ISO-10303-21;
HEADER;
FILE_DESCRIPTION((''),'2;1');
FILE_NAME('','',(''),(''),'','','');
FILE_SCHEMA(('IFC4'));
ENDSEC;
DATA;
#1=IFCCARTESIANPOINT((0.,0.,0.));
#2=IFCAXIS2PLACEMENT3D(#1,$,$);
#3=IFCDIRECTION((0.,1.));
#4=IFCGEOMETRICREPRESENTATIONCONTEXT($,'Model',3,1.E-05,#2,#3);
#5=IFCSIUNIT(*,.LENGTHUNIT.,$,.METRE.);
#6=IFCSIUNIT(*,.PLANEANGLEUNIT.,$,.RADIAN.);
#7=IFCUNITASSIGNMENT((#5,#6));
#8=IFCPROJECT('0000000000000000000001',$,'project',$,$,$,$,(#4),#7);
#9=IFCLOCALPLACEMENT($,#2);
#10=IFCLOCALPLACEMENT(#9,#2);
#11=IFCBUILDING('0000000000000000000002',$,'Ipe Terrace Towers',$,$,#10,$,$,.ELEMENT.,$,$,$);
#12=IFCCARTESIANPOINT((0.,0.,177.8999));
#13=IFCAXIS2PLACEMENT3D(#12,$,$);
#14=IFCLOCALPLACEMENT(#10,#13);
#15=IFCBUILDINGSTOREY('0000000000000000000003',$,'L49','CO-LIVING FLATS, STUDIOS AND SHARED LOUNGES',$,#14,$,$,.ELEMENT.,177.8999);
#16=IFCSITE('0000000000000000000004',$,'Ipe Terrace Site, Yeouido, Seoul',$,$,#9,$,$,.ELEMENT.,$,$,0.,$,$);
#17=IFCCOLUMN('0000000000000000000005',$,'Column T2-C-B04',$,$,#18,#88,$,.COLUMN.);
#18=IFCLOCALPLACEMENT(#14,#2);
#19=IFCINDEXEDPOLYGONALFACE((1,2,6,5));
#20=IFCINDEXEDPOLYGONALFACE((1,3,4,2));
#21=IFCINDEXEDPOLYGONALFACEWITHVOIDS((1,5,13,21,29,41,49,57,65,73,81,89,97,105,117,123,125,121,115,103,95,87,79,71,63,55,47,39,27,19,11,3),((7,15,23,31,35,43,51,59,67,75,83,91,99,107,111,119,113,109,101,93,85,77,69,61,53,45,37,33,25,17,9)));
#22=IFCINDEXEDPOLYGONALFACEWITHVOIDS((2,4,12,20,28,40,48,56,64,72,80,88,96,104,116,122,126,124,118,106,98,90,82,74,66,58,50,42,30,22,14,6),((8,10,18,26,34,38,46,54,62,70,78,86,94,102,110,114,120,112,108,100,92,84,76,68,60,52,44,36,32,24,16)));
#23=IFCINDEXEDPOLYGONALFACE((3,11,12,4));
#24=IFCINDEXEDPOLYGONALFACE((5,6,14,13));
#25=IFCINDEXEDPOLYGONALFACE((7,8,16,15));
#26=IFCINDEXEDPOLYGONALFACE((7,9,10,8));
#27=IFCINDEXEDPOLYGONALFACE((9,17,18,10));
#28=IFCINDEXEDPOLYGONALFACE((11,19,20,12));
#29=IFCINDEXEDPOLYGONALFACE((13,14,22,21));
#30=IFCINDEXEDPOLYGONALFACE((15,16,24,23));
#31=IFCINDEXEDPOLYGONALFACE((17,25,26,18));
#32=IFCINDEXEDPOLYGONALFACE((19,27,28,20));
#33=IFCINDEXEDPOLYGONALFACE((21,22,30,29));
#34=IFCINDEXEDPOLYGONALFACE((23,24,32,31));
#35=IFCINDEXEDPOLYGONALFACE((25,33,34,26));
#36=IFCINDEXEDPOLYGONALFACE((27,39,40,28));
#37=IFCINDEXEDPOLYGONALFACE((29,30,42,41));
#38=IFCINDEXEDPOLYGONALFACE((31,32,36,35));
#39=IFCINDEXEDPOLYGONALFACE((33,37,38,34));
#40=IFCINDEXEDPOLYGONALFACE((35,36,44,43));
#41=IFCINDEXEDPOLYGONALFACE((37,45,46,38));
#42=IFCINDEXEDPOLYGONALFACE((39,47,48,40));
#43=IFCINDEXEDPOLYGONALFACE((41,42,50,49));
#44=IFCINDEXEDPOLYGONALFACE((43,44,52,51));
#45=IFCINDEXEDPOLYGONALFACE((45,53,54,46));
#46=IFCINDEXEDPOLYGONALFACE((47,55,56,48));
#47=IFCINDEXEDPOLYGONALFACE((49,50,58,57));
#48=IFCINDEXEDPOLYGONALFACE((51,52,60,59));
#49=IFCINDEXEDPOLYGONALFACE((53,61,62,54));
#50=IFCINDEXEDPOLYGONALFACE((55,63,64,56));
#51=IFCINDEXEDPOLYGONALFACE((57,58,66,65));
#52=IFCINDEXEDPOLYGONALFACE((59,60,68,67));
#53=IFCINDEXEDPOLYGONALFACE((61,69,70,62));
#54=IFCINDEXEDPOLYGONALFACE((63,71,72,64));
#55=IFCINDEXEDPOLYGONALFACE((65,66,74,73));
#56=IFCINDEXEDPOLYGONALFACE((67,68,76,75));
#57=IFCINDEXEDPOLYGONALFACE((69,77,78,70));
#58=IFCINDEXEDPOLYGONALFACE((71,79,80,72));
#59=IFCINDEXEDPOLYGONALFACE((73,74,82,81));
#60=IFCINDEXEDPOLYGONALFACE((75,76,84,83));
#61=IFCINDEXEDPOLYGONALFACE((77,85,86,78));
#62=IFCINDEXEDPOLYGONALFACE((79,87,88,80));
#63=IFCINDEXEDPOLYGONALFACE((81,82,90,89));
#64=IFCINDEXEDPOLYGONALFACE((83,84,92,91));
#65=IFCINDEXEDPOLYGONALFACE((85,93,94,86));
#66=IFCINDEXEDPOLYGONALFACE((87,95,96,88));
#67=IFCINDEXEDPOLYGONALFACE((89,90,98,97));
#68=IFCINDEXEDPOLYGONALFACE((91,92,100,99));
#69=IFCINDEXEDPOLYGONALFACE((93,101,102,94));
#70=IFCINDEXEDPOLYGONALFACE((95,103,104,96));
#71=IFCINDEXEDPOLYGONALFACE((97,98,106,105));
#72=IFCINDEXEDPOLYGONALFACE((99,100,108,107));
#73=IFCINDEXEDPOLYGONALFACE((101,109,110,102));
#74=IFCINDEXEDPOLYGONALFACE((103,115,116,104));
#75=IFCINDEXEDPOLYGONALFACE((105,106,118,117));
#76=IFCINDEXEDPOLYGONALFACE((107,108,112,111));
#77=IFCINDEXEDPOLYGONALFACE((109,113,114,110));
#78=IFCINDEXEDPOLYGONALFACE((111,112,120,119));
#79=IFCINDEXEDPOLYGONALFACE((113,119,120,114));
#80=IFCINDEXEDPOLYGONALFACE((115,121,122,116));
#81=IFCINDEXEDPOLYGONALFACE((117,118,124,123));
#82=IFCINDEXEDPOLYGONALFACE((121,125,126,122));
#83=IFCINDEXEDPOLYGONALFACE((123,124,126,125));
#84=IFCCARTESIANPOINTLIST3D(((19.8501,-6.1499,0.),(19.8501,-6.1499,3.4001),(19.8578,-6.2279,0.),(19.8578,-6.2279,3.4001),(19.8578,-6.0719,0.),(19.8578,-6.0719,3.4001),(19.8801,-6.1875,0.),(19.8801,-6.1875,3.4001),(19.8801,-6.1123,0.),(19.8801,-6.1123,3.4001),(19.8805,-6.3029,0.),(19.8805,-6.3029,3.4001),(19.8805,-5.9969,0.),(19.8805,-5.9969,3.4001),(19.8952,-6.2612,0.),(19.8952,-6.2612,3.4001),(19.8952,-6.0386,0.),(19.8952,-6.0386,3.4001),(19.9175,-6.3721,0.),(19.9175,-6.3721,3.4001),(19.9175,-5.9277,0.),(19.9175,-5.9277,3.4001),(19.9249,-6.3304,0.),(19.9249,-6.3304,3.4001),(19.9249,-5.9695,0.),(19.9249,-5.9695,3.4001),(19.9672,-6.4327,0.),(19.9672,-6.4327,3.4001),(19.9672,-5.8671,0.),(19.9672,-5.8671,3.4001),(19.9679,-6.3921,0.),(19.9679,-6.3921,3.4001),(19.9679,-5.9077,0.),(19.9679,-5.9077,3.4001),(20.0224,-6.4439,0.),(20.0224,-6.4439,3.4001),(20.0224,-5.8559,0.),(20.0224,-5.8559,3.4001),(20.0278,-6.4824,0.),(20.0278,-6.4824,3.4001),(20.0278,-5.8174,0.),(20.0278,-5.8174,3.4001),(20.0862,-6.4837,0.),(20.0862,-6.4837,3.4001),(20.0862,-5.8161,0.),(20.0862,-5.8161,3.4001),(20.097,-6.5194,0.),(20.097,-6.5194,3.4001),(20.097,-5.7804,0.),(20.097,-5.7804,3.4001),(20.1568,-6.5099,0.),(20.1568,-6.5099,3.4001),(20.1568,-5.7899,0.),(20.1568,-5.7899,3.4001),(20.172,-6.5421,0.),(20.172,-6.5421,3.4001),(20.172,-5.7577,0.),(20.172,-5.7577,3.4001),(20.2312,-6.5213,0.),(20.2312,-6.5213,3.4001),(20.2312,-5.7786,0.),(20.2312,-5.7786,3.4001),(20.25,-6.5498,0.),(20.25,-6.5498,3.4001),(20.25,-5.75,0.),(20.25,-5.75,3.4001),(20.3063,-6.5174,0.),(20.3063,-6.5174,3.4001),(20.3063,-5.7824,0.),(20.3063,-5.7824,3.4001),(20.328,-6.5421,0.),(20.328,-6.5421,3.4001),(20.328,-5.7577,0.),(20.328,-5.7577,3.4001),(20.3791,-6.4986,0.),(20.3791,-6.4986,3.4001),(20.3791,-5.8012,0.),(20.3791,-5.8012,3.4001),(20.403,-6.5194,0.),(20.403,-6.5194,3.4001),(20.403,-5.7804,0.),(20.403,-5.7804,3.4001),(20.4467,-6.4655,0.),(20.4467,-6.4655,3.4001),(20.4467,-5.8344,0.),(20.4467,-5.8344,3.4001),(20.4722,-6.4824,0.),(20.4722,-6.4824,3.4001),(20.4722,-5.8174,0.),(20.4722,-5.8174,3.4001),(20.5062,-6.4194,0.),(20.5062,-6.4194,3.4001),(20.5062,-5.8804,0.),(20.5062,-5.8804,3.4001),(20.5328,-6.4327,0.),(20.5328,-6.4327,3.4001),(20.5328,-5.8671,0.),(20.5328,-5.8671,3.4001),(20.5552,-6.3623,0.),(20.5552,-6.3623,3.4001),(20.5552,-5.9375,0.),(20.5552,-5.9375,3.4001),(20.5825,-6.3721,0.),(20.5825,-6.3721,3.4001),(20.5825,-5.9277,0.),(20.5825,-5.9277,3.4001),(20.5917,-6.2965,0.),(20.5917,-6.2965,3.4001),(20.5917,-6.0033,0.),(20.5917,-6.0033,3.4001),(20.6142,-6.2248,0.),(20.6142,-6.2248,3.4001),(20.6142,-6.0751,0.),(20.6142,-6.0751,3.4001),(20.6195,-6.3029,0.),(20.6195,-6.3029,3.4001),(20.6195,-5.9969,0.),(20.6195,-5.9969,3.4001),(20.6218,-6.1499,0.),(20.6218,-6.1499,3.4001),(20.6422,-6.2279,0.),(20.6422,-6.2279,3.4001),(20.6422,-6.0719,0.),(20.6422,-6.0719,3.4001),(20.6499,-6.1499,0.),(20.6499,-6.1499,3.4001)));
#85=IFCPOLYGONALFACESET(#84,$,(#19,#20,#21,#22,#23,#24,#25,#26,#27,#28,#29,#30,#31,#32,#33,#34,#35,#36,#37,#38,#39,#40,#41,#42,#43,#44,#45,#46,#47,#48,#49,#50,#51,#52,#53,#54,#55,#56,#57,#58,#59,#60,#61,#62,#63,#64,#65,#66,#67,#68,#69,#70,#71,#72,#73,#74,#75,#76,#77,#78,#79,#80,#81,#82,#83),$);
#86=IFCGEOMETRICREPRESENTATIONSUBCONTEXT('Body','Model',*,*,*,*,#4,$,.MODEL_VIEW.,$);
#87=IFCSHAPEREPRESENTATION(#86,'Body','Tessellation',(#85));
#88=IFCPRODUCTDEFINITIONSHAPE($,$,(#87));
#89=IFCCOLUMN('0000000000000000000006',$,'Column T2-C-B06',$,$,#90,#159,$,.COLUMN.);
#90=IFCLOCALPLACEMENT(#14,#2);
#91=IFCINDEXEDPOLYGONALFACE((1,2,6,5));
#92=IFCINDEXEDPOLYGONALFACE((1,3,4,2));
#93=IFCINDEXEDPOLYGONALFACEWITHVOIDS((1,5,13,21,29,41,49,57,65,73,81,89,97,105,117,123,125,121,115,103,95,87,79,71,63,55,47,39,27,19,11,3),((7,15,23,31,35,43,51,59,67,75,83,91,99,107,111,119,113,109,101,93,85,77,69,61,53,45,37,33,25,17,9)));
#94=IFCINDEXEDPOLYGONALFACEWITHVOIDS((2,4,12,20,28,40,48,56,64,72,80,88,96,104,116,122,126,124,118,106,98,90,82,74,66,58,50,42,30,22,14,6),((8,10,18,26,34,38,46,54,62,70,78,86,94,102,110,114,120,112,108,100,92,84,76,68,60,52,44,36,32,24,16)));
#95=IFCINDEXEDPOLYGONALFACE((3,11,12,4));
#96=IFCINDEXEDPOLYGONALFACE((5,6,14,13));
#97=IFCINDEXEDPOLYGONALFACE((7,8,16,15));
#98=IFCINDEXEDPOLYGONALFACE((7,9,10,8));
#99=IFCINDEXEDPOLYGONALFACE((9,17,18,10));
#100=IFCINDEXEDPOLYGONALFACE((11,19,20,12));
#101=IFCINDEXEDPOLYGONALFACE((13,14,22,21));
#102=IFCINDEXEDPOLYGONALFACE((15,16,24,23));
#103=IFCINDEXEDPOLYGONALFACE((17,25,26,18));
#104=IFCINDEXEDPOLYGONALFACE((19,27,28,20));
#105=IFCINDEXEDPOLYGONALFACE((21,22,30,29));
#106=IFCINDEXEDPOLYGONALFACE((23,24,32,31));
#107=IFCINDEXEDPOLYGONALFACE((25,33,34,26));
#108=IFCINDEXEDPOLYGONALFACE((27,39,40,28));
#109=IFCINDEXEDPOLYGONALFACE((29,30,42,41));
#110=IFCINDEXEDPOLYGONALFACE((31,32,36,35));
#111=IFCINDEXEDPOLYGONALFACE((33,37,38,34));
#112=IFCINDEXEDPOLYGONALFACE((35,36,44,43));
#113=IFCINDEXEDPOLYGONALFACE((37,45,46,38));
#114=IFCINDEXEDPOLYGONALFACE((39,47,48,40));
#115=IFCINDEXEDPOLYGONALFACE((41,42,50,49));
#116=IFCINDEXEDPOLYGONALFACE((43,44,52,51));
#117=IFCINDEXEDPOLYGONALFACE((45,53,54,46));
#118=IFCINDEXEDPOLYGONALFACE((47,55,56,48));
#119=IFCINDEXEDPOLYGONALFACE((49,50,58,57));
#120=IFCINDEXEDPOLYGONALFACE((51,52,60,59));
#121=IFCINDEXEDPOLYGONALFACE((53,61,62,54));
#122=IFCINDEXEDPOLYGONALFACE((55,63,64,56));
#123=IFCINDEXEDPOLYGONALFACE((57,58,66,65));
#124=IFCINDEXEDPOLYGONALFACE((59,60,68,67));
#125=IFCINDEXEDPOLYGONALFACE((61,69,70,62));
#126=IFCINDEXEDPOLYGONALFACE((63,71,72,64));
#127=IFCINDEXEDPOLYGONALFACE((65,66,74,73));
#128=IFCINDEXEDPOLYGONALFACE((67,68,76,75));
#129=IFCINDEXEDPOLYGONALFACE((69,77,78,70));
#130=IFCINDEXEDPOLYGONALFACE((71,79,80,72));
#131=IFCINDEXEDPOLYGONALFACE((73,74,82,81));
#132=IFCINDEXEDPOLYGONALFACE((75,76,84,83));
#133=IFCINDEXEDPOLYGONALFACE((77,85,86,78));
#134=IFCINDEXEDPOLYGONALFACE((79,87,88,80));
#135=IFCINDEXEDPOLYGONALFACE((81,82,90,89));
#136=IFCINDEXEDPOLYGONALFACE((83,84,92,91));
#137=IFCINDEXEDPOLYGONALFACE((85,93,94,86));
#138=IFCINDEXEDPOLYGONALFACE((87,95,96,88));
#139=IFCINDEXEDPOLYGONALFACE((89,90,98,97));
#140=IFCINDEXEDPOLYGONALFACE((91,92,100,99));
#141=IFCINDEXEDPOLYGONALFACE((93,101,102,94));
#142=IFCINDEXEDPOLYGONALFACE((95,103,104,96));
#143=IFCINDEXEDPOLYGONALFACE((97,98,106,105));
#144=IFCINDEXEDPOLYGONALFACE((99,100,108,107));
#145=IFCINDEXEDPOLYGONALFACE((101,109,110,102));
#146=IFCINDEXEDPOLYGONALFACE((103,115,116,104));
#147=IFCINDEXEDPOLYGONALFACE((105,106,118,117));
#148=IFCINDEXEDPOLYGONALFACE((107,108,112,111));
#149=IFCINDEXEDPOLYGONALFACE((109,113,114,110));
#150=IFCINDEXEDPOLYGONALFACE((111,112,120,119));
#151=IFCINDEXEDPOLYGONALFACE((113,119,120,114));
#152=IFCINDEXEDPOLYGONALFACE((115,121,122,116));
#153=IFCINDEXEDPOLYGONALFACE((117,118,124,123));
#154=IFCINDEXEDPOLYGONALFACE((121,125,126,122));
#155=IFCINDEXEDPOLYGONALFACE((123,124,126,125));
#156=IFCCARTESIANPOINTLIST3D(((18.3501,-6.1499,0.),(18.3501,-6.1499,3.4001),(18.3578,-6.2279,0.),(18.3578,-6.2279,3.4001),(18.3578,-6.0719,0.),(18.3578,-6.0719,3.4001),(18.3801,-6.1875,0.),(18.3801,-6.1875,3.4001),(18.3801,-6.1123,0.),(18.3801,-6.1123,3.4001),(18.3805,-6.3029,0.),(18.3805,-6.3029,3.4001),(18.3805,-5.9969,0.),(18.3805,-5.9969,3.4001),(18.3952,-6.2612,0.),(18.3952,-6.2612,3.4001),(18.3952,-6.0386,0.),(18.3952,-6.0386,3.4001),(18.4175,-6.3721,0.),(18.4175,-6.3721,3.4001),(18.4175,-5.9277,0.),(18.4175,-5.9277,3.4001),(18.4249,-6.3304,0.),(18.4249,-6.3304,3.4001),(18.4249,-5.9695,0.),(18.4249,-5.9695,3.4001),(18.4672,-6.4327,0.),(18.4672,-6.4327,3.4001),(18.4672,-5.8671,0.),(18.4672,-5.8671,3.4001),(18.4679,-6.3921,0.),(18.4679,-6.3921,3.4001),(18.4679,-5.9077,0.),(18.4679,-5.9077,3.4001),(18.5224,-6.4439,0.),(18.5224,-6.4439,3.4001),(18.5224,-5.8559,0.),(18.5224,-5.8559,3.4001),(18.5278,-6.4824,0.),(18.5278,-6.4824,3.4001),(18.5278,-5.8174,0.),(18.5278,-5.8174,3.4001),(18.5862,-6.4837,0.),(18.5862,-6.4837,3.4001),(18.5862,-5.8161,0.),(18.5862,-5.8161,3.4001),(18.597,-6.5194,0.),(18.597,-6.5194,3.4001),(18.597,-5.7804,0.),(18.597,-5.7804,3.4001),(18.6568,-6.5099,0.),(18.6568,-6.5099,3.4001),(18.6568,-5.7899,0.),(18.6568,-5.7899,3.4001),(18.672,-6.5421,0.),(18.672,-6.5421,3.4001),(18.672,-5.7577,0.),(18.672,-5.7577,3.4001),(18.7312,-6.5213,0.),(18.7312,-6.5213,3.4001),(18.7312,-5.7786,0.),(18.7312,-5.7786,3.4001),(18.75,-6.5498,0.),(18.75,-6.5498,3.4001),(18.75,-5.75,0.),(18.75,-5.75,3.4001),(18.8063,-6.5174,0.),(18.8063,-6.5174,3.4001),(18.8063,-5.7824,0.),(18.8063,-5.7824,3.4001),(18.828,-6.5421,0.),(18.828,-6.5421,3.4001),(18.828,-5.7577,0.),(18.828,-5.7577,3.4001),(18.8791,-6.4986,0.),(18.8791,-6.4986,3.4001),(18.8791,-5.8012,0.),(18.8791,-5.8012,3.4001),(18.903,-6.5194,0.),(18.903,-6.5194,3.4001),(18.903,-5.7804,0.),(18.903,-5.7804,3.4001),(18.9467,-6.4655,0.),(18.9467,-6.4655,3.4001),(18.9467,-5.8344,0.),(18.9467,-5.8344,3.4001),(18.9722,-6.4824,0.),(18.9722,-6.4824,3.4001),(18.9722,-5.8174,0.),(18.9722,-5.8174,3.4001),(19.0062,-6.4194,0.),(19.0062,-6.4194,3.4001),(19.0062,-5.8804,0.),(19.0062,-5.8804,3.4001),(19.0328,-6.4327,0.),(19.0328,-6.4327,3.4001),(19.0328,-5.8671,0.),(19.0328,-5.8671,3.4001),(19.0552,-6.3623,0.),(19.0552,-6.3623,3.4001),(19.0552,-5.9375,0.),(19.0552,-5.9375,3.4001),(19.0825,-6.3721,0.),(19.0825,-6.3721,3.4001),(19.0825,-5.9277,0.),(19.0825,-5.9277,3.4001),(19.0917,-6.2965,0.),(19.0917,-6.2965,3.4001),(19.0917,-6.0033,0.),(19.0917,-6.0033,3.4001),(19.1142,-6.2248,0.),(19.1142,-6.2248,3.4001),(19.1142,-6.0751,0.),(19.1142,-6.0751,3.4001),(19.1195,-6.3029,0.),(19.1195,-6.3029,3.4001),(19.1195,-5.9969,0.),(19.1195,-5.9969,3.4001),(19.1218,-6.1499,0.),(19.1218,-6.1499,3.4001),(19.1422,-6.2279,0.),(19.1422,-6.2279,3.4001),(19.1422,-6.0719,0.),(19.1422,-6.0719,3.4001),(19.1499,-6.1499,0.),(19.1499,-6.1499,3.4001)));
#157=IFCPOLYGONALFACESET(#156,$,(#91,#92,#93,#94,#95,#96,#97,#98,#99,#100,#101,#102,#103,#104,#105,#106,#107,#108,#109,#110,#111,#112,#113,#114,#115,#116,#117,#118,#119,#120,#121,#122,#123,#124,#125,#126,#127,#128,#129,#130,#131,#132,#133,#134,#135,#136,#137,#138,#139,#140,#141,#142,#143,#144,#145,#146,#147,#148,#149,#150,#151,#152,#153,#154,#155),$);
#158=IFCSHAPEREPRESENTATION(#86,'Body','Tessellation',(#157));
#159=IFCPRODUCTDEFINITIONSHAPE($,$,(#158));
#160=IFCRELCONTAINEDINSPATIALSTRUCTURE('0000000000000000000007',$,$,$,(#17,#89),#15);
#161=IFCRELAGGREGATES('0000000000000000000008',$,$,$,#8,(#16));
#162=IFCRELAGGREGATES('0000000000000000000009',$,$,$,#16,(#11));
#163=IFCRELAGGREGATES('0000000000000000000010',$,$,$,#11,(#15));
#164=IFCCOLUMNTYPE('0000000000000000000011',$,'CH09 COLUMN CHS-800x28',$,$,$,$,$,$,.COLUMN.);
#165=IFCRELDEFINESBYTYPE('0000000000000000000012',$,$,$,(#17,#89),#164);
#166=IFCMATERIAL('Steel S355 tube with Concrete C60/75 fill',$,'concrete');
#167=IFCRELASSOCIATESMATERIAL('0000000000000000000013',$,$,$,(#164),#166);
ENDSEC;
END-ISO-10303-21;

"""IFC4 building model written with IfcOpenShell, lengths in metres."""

from ifc_helpers import new_model, si_unit, direction, frame, origin, origin_2d, place, context, subcontext, project, spatial, hollow_circle, extrude, material, material_profile, profile_set, type_object, element, save


model = new_model("IFC4")

# Units and contexts
model_context = context("Model", 3, precision=1e-05, world=origin(), true_north=direction((0.0, 1.0)))
body_context = subcontext(model_context, "Body", "Model", "MODEL_VIEW")
ifc_project = project(units=[si_unit("LENGTHUNIT", "METRE"), si_unit("PLANEANGLEUNIT", "RADIAN")], contexts=[model_context])

# Site, building, storey
site_placement = place(None, origin())
site = spatial("IfcSite", under=ifc_project, at=site_placement, Name="Ipe Terrace Site, Yeouido, Seoul", CompositionType="ELEMENT", RefElevation=0.0)
building_placement = place(site_placement, origin())
building = spatial("IfcBuilding", under=site, at=building_placement, Name="Ipe Terrace Towers", CompositionType="ELEMENT")
storey_placement = place(building_placement, frame((0.0, 0.0, 177.8999)))
storey = spatial("IfcBuildingStorey", under=building, at=storey_placement, Name="L49", Description="CO-LIVING FLATS, STUDIOS AND SHARED LOUNGES", CompositionType="ELEMENT", Elevation=177.8999)

# Columns
ifc_material_1 = material(Name="Steel S355 tube with Concrete C60/75 fill", Category="concrete")
ifc_material_profile_1 = material_profile(ifc_material_1, hollow_circle(Radius=0.3999, WallThickness=0.0281, at=origin_2d()), Name="CHS-800x28")
ifc_profile_set_1 = profile_set([ifc_material_profile_1], Name="Steel S355 tube with Concrete C60/75 fill")
column_type = type_object("IfcColumnType", Name="CH09 COLUMN CHS-800x28", PredefinedType="COLUMN", material=ifc_profile_set_1)
for number, where, z_axis, x_axis, name in (
    (1, (20.25, -6.1499, 0.0), (0.0, 0.0, 1.0), (1.0, 0.0, 0.0), "Column T2-C-B04"),
    (2, (18.75, -6.1499, 0.0), (0.0, 0.0, 1.0), (1.0, 0.0, 0.0), "Column T2-C-B06"),
):
    element("IfcColumn", number, at=place(storey_placement, frame(where, z_axis=z_axis, x_axis=x_axis)), inside=storey, type_object=column_type, Name=name, PredefinedType="COLUMN", context=body_context, shape_type="SweptSolid", body=[
        extrude(hollow_circle(Radius=0.3999, WallThickness=0.0281, at=origin_2d()), origin(), (0.0, 0.0, 1.0), 3.4001),
    ])

save(model, "model.ifc")
